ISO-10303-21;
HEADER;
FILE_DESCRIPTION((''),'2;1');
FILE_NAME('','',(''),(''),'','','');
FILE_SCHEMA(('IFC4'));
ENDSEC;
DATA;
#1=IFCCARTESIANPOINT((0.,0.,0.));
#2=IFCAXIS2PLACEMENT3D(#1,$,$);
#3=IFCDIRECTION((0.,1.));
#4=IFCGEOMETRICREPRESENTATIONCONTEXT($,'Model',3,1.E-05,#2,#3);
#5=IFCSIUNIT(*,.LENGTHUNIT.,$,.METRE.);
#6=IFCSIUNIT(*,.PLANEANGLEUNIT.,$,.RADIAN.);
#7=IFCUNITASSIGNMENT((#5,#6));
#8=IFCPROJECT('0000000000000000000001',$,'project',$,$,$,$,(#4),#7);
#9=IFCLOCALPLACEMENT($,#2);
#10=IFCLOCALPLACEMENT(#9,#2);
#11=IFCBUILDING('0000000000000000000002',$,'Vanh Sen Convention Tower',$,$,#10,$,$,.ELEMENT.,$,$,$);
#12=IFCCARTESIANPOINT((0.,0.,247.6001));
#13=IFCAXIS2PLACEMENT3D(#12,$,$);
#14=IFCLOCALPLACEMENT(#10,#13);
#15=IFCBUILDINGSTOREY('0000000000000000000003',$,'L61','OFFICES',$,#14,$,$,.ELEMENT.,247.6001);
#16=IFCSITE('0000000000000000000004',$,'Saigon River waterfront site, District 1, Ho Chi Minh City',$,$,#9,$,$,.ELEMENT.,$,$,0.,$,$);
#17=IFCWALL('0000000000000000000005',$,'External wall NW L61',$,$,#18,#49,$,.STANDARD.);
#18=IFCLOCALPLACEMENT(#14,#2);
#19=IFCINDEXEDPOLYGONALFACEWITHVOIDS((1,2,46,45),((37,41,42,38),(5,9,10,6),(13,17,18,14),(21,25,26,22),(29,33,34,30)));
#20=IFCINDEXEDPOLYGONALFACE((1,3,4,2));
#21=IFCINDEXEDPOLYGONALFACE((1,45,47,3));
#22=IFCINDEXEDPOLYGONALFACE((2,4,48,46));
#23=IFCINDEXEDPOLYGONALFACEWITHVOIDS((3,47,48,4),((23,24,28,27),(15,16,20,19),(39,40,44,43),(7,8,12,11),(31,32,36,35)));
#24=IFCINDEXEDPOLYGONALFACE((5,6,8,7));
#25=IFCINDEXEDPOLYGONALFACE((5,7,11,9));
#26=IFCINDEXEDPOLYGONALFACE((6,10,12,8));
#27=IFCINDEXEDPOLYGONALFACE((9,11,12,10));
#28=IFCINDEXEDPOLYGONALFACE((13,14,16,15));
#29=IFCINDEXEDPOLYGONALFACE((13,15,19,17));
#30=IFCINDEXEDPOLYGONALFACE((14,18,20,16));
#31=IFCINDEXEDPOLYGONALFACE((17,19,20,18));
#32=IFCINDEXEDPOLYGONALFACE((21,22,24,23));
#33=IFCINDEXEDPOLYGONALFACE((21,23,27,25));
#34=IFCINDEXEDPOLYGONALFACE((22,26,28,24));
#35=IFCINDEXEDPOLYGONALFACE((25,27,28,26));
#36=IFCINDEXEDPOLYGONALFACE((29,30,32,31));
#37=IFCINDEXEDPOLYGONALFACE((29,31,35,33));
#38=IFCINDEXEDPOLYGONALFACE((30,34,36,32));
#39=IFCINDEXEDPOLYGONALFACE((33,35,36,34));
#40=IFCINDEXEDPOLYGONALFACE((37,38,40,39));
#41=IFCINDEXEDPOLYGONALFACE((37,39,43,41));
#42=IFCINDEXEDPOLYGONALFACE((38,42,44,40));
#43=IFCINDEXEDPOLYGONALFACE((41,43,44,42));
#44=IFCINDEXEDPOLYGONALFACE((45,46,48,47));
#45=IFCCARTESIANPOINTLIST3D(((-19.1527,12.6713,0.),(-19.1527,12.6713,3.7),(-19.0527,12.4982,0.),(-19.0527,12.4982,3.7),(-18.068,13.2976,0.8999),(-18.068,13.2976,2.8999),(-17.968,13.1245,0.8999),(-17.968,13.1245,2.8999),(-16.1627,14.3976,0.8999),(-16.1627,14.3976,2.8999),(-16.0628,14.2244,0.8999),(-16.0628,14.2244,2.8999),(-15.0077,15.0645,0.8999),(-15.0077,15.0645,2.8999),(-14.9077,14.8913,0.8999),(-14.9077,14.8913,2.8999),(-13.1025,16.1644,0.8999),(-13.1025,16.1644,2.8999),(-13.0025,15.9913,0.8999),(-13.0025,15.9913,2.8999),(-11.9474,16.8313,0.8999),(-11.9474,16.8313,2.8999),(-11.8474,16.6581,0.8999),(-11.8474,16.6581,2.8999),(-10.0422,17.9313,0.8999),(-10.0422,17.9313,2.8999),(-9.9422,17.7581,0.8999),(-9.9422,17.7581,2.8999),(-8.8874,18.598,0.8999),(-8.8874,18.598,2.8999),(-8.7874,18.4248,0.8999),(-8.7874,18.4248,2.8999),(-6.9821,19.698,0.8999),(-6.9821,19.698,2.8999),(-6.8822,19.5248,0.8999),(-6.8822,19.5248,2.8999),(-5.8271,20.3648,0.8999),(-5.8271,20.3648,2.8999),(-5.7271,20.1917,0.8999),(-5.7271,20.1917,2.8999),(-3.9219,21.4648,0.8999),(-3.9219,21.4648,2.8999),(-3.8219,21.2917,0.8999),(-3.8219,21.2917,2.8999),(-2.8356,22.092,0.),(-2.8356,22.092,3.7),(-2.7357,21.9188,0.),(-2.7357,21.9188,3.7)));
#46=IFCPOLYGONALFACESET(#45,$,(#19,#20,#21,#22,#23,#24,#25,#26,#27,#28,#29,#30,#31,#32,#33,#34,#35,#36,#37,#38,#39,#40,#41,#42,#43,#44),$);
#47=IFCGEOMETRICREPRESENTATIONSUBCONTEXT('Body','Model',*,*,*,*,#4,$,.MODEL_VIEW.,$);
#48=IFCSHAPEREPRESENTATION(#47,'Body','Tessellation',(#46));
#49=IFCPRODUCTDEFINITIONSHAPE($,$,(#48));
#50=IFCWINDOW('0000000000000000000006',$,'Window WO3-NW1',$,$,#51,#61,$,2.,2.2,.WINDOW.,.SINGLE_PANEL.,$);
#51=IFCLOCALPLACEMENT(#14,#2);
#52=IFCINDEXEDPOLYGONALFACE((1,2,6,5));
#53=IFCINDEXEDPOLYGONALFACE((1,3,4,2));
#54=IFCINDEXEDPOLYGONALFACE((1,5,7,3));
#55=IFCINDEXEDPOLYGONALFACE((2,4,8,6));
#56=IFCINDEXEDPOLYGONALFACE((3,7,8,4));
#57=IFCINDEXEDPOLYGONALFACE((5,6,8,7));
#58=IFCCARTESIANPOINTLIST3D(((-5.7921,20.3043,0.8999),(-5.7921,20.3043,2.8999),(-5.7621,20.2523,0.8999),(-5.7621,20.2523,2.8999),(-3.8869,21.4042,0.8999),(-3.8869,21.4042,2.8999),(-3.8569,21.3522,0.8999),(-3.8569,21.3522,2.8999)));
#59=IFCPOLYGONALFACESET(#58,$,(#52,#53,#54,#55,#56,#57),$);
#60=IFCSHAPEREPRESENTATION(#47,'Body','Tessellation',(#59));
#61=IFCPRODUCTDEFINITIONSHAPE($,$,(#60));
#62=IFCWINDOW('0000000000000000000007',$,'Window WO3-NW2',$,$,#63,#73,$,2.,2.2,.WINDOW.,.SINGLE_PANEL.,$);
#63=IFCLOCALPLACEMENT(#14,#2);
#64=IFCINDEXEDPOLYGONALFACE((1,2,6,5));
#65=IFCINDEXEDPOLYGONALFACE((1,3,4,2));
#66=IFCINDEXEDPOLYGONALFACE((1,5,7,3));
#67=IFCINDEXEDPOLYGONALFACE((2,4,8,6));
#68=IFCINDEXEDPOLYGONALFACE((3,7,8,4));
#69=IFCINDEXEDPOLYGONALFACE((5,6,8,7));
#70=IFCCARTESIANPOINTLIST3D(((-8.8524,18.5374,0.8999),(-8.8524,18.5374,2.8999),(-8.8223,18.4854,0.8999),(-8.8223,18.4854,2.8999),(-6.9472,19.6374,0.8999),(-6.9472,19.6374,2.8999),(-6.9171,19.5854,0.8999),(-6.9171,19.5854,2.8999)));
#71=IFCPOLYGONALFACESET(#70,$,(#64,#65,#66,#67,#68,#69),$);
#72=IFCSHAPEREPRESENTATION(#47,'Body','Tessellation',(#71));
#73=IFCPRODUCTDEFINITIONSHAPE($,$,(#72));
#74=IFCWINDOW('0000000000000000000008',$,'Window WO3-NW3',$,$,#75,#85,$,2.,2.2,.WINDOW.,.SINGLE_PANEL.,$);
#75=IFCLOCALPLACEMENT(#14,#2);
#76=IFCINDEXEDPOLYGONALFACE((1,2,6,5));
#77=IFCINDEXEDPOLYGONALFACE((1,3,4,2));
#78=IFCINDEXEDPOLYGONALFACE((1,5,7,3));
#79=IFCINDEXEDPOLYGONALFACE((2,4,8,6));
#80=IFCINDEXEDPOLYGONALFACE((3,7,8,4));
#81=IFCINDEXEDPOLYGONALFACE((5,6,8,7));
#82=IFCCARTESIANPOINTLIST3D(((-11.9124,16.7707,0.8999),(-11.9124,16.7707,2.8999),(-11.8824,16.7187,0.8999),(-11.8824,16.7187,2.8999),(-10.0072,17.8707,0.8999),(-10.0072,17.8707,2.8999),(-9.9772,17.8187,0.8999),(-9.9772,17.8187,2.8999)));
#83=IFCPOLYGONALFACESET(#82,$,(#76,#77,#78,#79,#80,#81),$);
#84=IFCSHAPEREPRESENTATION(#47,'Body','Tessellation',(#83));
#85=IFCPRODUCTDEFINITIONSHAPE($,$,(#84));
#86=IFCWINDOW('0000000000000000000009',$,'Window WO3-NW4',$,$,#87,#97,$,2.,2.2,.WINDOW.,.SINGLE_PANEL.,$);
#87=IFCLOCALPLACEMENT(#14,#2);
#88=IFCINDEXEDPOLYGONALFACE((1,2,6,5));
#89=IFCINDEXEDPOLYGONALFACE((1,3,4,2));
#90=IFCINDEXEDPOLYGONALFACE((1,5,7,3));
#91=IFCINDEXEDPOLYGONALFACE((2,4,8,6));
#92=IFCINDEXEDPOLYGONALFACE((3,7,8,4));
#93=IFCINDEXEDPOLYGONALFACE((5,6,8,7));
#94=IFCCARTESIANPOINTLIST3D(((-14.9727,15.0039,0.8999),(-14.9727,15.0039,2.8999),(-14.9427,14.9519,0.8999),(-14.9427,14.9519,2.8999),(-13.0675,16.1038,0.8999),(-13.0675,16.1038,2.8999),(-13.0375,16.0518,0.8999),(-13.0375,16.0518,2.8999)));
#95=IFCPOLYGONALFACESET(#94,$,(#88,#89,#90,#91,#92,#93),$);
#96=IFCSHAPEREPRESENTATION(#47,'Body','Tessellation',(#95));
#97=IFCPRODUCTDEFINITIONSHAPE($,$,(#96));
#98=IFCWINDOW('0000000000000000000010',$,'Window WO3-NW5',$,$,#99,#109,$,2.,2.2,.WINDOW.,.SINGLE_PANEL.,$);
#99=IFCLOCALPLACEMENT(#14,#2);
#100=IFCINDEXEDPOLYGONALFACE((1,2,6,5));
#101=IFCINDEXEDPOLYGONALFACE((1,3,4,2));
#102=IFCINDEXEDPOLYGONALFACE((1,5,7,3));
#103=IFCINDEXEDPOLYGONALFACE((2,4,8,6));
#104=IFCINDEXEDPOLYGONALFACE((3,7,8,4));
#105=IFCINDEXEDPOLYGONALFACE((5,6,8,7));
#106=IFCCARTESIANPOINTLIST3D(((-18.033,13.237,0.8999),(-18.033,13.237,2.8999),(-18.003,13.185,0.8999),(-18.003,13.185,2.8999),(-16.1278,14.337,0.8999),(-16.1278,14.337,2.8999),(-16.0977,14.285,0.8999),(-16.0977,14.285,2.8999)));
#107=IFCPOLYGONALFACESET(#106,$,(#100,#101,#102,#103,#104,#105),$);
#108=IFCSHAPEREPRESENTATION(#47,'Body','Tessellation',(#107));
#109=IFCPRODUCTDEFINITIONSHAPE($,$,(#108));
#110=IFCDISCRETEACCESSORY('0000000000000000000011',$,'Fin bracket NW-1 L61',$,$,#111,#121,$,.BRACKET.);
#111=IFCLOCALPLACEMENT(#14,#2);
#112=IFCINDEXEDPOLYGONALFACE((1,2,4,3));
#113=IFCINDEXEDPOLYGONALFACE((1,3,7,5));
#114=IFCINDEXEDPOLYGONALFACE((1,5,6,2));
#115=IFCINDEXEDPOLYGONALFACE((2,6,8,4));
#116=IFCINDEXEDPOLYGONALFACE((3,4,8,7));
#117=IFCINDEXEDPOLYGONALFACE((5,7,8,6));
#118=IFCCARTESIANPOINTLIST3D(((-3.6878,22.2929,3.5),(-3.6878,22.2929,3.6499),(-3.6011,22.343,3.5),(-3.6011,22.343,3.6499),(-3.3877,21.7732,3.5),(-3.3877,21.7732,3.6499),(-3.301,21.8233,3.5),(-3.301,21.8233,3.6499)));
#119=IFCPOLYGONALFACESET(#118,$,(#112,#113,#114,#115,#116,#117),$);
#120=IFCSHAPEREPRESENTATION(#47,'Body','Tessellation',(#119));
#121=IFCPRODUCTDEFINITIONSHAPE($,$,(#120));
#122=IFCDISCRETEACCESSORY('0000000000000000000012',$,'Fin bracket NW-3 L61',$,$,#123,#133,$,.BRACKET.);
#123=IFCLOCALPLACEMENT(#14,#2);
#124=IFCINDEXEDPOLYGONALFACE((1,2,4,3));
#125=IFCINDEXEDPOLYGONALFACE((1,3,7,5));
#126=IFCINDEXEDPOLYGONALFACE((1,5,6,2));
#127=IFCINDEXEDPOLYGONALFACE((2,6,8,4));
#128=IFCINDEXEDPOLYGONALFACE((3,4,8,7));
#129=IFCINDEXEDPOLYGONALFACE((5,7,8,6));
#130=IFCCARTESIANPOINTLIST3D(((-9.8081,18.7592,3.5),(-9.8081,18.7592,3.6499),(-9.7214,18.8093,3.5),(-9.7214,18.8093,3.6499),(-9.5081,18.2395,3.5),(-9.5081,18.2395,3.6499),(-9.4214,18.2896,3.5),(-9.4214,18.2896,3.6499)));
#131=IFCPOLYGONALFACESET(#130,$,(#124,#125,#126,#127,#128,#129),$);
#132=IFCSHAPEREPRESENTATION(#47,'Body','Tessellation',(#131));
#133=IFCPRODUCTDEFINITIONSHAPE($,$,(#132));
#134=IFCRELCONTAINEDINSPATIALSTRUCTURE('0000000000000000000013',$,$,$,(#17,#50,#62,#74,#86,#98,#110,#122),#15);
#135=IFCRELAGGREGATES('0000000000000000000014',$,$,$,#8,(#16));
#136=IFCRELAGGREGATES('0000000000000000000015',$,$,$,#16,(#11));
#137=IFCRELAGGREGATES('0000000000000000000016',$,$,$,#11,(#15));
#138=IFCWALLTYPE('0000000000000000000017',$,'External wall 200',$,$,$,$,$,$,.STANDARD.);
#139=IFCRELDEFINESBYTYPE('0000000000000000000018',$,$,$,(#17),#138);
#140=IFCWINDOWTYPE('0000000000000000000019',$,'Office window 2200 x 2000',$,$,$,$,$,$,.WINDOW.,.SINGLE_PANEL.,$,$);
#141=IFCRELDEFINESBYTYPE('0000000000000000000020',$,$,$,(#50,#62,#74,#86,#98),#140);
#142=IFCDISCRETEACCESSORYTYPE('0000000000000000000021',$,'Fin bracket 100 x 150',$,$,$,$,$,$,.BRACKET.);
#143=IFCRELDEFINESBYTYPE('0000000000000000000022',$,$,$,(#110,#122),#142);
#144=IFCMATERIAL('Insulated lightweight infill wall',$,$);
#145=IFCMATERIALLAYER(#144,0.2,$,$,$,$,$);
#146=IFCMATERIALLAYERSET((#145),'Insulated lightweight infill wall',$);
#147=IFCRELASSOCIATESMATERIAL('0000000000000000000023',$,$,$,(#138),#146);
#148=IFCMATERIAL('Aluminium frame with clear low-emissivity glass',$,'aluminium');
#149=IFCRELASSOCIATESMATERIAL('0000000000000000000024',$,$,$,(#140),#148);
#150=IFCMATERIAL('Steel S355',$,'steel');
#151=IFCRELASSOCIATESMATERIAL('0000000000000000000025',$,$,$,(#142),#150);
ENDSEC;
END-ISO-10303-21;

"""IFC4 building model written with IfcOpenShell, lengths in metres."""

from ifc_helpers import new_model, si_unit, direction, frame, frame_2d, origin, origin_2d, place, context, subcontext, project, spatial, rectangle, extrude, material, layer, layer_set, type_object, element, fill, save


model = new_model("IFC4")

# Units and contexts
model_context = context("Model", 3, precision=1e-05, world=origin(), true_north=direction((0.0, 1.0)))
body_context = subcontext(model_context, "Body", "Model", "MODEL_VIEW")
ifc_project = project(units=[si_unit("LENGTHUNIT", "METRE"), si_unit("PLANEANGLEUNIT", "RADIAN")], contexts=[model_context])

# Site, building, storey
site_placement = place(None, origin())
site = spatial("IfcSite", under=ifc_project, at=site_placement, Name="Saigon River waterfront site, District 1, Ho Chi Minh City", CompositionType="ELEMENT", RefElevation=0.0)
building_placement = place(site_placement, origin())
building = spatial("IfcBuilding", under=site, at=building_placement, Name="Vanh Sen Convention Tower", CompositionType="ELEMENT")
storey_placement = place(building_placement, frame((0.0, 0.0, 247.6001)))
storey = spatial("IfcBuildingStorey", under=building, at=storey_placement, Name="L61", Description="OFFICES", CompositionType="ELEMENT", Elevation=247.6001)

# Wall, openings, windows
ifc_material_1 = material(Name="Insulated lightweight infill wall")
ifc_layer_1 = layer(ifc_material_1, 0.2)
ifc_layer_set_1 = layer_set([ifc_layer_1], Name="Insulated lightweight infill wall")
wall_type_1 = type_object("IfcWallType", Name="External wall 200", PredefinedType="STANDARD", material=ifc_layer_set_1)
wall_1_placement = place(storey_placement, frame((-2.7856, 22.0054, 0.0), z_axis=(0.0, 0.0, 1.0), x_axis=(-0.866027, -0.499998, 0.0)))
wall_1 = element("IfcWall", 1, at=wall_1_placement, inside=storey, type_object=wall_type_1, Name="External wall NW L61", PredefinedType="STANDARD", context=body_context, shape_type="SweptSolid", body=[
    extrude(rectangle(XDim=18.8413, YDim=0.2, at=frame_2d((9.4207, 0.0))), origin(), (0.0, 0.0, 1.0), 3.7),
])
opening_1_placement = place(wall_1_placement, frame((1.2542, 0.0, 0.8999)))
opening_1 = element("IfcOpeningElement", 2, at=opening_1_placement, cuts=wall_1, PredefinedType="OPENING", context=body_context, shape_type="SweptSolid", body=[
    extrude(rectangle(XDim=2.2, YDim=2.0, at=frame_2d((1.1001, 1.0))), frame((0.0, 0.1099, 0.0), z_axis=(0.0, -1.0, 0.0), x_axis=(1.0, 0.0, 0.0)), (0.0, 0.0, 1.0), 0.22),
])
opening_2_placement = place(wall_1_placement, frame((4.7878, 0.0, 0.8999)))
opening_2 = element("IfcOpeningElement", 3, at=opening_2_placement, cuts=wall_1, PredefinedType="OPENING", context=body_context, shape_type="SweptSolid", body=[
    extrude(rectangle(XDim=2.2, YDim=2.0, at=frame_2d((1.1001, 1.0))), frame((0.0, 0.1099, 0.0), z_axis=(0.0, -1.0, 0.0), x_axis=(1.0, 0.0, 0.0)), (0.0, 0.0, 1.0), 0.22),
])
opening_3_placement = place(wall_1_placement, frame((8.3213, 0.0, 0.8999)))
opening_3 = element("IfcOpeningElement", 4, at=opening_3_placement, cuts=wall_1, PredefinedType="OPENING", context=body_context, shape_type="SweptSolid", body=[
    extrude(rectangle(XDim=2.2, YDim=2.0, at=frame_2d((1.1001, 1.0))), frame((0.0, 0.1099, 0.0), z_axis=(0.0, -1.0, 0.0), x_axis=(1.0, 0.0, 0.0)), (0.0, 0.0, 1.0), 0.22),
])
opening_4_placement = place(wall_1_placement, frame((11.855, 0.0, 0.8999)))
opening_4 = element("IfcOpeningElement", 5, at=opening_4_placement, cuts=wall_1, PredefinedType="OPENING", context=body_context, shape_type="SweptSolid", body=[
    extrude(rectangle(XDim=2.2, YDim=2.0, at=frame_2d((1.1001, 1.0))), frame((0.0, 0.1099, 0.0), z_axis=(0.0, -1.0, 0.0), x_axis=(1.0, 0.0, 0.0)), (0.0, 0.0, 1.0), 0.22),
])
opening_5_placement = place(wall_1_placement, frame((15.3887, 0.0, 0.8999)))
opening_5 = element("IfcOpeningElement", 6, at=opening_5_placement, cuts=wall_1, PredefinedType="OPENING", context=body_context, shape_type="SweptSolid", body=[
    extrude(rectangle(XDim=2.2, YDim=2.0, at=frame_2d((1.1001, 1.0))), frame((0.0, 0.1099, 0.0), z_axis=(0.0, -1.0, 0.0), x_axis=(1.0, 0.0, 0.0)), (0.0, 0.0, 1.0), 0.22),
])
ifc_material_2 = material(Name="Aluminium frame with clear low-emissivity glass", Category="aluminium")
window_type = type_object("IfcWindowType", Name="Office window 2200 x 2000", PartitioningType="SINGLE_PANEL", PredefinedType="WINDOW", material=ifc_material_2)
window_1_placement = place(opening_1_placement, origin())
window_1 = element("IfcWindow", 7, at=window_1_placement, inside=storey, type_object=window_type, Name="Window WO3-NW1", OverallHeight=2.0, OverallWidth=2.2, PartitioningType="SINGLE_PANEL", PredefinedType="WINDOW", context=body_context, shape_type="SweptSolid", body=[
    extrude(rectangle(XDim=2.2, YDim=2.0, at=frame_2d((1.1001, 1.0))), frame((0.0, 0.03, 0.0), z_axis=(0.0, -1.0, 0.0), x_axis=(1.0, 0.0, 0.0)), (0.0, 0.0, 1.0), 0.0601),
])
fill(opening_1, window_1)
window_2_placement = place(opening_2_placement, origin())
window_2 = element("IfcWindow", 8, at=window_2_placement, inside=storey, type_object=window_type, Name="Window WO3-NW2", OverallHeight=2.0, OverallWidth=2.2, PartitioningType="SINGLE_PANEL", PredefinedType="WINDOW", context=body_context, shape_type="SweptSolid", body=[
    extrude(rectangle(XDim=2.2, YDim=2.0, at=frame_2d((1.1001, 1.0))), frame((0.0, 0.03, 0.0), z_axis=(0.0, -1.0, 0.0), x_axis=(1.0, 0.0, 0.0)), (0.0, 0.0, 1.0), 0.0601),
])
fill(opening_2, window_2)
window_3_placement = place(opening_3_placement, origin())
window_3 = element("IfcWindow", 9, at=window_3_placement, inside=storey, type_object=window_type, Name="Window WO3-NW3", OverallHeight=2.0, OverallWidth=2.2, PartitioningType="SINGLE_PANEL", PredefinedType="WINDOW", context=body_context, shape_type="SweptSolid", body=[
    extrude(rectangle(XDim=2.2, YDim=2.0, at=frame_2d((1.1001, 1.0))), frame((0.0, 0.03, 0.0), z_axis=(0.0, -1.0, 0.0), x_axis=(1.0, 0.0, 0.0)), (0.0, 0.0, 1.0), 0.0601),
])
fill(opening_3, window_3)
window_4_placement = place(opening_4_placement, origin())
window_4 = element("IfcWindow", 10, at=window_4_placement, inside=storey, type_object=window_type, Name="Window WO3-NW4", OverallHeight=2.0, OverallWidth=2.2, PartitioningType="SINGLE_PANEL", PredefinedType="WINDOW", context=body_context, shape_type="SweptSolid", body=[
    extrude(rectangle(XDim=2.2, YDim=2.0, at=frame_2d((1.1001, 1.0))), frame((0.0, 0.03, 0.0), z_axis=(0.0, -1.0, 0.0), x_axis=(1.0, 0.0, 0.0)), (0.0, 0.0, 1.0), 0.0601),
])
fill(opening_4, window_4)
window_5_placement = place(opening_5_placement, origin())
window_5 = element("IfcWindow", 11, at=window_5_placement, inside=storey, type_object=window_type, Name="Window WO3-NW5", OverallHeight=2.0, OverallWidth=2.2, PartitioningType="SINGLE_PANEL", PredefinedType="WINDOW", context=body_context, shape_type="SweptSolid", body=[
    extrude(rectangle(XDim=2.2, YDim=2.0, at=frame_2d((1.1001, 1.0))), frame((0.0, 0.03, 0.0), z_axis=(0.0, -1.0, 0.0), x_axis=(1.0, 0.0, 0.0)), (0.0, 0.0, 1.0), 0.0601),
])
fill(opening_5, window_5)

# Discrete accessories
ifc_material_3 = material(Name="Steel S355", Category="steel")
discrete_accessory_type = type_object("IfcDiscreteAccessoryType", Name="Fin bracket 100 x 150", PredefinedType="BRACKET", material=ifc_material_3)
for number, where, z_axis, x_axis, name in (
    (12, (-3.4944, 22.0581, 3.5), (0.0, 0.0, 1.0), (-0.5, 0.866025, 0.0), "Fin bracket NW-1 L61"),
    (13, (-9.6147, 18.5244, 3.5), (0.0, 0.0, 1.0), (-0.5, 0.866025, 0.0), "Fin bracket NW-3 L61"),
):
    element("IfcDiscreteAccessory", number, at=place(storey_placement, frame(where, z_axis=z_axis, x_axis=x_axis)), inside=storey, type_object=discrete_accessory_type, Name=name, PredefinedType="BRACKET", context=body_context, shape_type="SweptSolid", body=[
        extrude(rectangle(XDim=0.6001, YDim=0.1001, at=origin_2d()), origin(), (0.0, 0.0, 1.0), 0.1499),
    ])

save(model, "model.ifc")
